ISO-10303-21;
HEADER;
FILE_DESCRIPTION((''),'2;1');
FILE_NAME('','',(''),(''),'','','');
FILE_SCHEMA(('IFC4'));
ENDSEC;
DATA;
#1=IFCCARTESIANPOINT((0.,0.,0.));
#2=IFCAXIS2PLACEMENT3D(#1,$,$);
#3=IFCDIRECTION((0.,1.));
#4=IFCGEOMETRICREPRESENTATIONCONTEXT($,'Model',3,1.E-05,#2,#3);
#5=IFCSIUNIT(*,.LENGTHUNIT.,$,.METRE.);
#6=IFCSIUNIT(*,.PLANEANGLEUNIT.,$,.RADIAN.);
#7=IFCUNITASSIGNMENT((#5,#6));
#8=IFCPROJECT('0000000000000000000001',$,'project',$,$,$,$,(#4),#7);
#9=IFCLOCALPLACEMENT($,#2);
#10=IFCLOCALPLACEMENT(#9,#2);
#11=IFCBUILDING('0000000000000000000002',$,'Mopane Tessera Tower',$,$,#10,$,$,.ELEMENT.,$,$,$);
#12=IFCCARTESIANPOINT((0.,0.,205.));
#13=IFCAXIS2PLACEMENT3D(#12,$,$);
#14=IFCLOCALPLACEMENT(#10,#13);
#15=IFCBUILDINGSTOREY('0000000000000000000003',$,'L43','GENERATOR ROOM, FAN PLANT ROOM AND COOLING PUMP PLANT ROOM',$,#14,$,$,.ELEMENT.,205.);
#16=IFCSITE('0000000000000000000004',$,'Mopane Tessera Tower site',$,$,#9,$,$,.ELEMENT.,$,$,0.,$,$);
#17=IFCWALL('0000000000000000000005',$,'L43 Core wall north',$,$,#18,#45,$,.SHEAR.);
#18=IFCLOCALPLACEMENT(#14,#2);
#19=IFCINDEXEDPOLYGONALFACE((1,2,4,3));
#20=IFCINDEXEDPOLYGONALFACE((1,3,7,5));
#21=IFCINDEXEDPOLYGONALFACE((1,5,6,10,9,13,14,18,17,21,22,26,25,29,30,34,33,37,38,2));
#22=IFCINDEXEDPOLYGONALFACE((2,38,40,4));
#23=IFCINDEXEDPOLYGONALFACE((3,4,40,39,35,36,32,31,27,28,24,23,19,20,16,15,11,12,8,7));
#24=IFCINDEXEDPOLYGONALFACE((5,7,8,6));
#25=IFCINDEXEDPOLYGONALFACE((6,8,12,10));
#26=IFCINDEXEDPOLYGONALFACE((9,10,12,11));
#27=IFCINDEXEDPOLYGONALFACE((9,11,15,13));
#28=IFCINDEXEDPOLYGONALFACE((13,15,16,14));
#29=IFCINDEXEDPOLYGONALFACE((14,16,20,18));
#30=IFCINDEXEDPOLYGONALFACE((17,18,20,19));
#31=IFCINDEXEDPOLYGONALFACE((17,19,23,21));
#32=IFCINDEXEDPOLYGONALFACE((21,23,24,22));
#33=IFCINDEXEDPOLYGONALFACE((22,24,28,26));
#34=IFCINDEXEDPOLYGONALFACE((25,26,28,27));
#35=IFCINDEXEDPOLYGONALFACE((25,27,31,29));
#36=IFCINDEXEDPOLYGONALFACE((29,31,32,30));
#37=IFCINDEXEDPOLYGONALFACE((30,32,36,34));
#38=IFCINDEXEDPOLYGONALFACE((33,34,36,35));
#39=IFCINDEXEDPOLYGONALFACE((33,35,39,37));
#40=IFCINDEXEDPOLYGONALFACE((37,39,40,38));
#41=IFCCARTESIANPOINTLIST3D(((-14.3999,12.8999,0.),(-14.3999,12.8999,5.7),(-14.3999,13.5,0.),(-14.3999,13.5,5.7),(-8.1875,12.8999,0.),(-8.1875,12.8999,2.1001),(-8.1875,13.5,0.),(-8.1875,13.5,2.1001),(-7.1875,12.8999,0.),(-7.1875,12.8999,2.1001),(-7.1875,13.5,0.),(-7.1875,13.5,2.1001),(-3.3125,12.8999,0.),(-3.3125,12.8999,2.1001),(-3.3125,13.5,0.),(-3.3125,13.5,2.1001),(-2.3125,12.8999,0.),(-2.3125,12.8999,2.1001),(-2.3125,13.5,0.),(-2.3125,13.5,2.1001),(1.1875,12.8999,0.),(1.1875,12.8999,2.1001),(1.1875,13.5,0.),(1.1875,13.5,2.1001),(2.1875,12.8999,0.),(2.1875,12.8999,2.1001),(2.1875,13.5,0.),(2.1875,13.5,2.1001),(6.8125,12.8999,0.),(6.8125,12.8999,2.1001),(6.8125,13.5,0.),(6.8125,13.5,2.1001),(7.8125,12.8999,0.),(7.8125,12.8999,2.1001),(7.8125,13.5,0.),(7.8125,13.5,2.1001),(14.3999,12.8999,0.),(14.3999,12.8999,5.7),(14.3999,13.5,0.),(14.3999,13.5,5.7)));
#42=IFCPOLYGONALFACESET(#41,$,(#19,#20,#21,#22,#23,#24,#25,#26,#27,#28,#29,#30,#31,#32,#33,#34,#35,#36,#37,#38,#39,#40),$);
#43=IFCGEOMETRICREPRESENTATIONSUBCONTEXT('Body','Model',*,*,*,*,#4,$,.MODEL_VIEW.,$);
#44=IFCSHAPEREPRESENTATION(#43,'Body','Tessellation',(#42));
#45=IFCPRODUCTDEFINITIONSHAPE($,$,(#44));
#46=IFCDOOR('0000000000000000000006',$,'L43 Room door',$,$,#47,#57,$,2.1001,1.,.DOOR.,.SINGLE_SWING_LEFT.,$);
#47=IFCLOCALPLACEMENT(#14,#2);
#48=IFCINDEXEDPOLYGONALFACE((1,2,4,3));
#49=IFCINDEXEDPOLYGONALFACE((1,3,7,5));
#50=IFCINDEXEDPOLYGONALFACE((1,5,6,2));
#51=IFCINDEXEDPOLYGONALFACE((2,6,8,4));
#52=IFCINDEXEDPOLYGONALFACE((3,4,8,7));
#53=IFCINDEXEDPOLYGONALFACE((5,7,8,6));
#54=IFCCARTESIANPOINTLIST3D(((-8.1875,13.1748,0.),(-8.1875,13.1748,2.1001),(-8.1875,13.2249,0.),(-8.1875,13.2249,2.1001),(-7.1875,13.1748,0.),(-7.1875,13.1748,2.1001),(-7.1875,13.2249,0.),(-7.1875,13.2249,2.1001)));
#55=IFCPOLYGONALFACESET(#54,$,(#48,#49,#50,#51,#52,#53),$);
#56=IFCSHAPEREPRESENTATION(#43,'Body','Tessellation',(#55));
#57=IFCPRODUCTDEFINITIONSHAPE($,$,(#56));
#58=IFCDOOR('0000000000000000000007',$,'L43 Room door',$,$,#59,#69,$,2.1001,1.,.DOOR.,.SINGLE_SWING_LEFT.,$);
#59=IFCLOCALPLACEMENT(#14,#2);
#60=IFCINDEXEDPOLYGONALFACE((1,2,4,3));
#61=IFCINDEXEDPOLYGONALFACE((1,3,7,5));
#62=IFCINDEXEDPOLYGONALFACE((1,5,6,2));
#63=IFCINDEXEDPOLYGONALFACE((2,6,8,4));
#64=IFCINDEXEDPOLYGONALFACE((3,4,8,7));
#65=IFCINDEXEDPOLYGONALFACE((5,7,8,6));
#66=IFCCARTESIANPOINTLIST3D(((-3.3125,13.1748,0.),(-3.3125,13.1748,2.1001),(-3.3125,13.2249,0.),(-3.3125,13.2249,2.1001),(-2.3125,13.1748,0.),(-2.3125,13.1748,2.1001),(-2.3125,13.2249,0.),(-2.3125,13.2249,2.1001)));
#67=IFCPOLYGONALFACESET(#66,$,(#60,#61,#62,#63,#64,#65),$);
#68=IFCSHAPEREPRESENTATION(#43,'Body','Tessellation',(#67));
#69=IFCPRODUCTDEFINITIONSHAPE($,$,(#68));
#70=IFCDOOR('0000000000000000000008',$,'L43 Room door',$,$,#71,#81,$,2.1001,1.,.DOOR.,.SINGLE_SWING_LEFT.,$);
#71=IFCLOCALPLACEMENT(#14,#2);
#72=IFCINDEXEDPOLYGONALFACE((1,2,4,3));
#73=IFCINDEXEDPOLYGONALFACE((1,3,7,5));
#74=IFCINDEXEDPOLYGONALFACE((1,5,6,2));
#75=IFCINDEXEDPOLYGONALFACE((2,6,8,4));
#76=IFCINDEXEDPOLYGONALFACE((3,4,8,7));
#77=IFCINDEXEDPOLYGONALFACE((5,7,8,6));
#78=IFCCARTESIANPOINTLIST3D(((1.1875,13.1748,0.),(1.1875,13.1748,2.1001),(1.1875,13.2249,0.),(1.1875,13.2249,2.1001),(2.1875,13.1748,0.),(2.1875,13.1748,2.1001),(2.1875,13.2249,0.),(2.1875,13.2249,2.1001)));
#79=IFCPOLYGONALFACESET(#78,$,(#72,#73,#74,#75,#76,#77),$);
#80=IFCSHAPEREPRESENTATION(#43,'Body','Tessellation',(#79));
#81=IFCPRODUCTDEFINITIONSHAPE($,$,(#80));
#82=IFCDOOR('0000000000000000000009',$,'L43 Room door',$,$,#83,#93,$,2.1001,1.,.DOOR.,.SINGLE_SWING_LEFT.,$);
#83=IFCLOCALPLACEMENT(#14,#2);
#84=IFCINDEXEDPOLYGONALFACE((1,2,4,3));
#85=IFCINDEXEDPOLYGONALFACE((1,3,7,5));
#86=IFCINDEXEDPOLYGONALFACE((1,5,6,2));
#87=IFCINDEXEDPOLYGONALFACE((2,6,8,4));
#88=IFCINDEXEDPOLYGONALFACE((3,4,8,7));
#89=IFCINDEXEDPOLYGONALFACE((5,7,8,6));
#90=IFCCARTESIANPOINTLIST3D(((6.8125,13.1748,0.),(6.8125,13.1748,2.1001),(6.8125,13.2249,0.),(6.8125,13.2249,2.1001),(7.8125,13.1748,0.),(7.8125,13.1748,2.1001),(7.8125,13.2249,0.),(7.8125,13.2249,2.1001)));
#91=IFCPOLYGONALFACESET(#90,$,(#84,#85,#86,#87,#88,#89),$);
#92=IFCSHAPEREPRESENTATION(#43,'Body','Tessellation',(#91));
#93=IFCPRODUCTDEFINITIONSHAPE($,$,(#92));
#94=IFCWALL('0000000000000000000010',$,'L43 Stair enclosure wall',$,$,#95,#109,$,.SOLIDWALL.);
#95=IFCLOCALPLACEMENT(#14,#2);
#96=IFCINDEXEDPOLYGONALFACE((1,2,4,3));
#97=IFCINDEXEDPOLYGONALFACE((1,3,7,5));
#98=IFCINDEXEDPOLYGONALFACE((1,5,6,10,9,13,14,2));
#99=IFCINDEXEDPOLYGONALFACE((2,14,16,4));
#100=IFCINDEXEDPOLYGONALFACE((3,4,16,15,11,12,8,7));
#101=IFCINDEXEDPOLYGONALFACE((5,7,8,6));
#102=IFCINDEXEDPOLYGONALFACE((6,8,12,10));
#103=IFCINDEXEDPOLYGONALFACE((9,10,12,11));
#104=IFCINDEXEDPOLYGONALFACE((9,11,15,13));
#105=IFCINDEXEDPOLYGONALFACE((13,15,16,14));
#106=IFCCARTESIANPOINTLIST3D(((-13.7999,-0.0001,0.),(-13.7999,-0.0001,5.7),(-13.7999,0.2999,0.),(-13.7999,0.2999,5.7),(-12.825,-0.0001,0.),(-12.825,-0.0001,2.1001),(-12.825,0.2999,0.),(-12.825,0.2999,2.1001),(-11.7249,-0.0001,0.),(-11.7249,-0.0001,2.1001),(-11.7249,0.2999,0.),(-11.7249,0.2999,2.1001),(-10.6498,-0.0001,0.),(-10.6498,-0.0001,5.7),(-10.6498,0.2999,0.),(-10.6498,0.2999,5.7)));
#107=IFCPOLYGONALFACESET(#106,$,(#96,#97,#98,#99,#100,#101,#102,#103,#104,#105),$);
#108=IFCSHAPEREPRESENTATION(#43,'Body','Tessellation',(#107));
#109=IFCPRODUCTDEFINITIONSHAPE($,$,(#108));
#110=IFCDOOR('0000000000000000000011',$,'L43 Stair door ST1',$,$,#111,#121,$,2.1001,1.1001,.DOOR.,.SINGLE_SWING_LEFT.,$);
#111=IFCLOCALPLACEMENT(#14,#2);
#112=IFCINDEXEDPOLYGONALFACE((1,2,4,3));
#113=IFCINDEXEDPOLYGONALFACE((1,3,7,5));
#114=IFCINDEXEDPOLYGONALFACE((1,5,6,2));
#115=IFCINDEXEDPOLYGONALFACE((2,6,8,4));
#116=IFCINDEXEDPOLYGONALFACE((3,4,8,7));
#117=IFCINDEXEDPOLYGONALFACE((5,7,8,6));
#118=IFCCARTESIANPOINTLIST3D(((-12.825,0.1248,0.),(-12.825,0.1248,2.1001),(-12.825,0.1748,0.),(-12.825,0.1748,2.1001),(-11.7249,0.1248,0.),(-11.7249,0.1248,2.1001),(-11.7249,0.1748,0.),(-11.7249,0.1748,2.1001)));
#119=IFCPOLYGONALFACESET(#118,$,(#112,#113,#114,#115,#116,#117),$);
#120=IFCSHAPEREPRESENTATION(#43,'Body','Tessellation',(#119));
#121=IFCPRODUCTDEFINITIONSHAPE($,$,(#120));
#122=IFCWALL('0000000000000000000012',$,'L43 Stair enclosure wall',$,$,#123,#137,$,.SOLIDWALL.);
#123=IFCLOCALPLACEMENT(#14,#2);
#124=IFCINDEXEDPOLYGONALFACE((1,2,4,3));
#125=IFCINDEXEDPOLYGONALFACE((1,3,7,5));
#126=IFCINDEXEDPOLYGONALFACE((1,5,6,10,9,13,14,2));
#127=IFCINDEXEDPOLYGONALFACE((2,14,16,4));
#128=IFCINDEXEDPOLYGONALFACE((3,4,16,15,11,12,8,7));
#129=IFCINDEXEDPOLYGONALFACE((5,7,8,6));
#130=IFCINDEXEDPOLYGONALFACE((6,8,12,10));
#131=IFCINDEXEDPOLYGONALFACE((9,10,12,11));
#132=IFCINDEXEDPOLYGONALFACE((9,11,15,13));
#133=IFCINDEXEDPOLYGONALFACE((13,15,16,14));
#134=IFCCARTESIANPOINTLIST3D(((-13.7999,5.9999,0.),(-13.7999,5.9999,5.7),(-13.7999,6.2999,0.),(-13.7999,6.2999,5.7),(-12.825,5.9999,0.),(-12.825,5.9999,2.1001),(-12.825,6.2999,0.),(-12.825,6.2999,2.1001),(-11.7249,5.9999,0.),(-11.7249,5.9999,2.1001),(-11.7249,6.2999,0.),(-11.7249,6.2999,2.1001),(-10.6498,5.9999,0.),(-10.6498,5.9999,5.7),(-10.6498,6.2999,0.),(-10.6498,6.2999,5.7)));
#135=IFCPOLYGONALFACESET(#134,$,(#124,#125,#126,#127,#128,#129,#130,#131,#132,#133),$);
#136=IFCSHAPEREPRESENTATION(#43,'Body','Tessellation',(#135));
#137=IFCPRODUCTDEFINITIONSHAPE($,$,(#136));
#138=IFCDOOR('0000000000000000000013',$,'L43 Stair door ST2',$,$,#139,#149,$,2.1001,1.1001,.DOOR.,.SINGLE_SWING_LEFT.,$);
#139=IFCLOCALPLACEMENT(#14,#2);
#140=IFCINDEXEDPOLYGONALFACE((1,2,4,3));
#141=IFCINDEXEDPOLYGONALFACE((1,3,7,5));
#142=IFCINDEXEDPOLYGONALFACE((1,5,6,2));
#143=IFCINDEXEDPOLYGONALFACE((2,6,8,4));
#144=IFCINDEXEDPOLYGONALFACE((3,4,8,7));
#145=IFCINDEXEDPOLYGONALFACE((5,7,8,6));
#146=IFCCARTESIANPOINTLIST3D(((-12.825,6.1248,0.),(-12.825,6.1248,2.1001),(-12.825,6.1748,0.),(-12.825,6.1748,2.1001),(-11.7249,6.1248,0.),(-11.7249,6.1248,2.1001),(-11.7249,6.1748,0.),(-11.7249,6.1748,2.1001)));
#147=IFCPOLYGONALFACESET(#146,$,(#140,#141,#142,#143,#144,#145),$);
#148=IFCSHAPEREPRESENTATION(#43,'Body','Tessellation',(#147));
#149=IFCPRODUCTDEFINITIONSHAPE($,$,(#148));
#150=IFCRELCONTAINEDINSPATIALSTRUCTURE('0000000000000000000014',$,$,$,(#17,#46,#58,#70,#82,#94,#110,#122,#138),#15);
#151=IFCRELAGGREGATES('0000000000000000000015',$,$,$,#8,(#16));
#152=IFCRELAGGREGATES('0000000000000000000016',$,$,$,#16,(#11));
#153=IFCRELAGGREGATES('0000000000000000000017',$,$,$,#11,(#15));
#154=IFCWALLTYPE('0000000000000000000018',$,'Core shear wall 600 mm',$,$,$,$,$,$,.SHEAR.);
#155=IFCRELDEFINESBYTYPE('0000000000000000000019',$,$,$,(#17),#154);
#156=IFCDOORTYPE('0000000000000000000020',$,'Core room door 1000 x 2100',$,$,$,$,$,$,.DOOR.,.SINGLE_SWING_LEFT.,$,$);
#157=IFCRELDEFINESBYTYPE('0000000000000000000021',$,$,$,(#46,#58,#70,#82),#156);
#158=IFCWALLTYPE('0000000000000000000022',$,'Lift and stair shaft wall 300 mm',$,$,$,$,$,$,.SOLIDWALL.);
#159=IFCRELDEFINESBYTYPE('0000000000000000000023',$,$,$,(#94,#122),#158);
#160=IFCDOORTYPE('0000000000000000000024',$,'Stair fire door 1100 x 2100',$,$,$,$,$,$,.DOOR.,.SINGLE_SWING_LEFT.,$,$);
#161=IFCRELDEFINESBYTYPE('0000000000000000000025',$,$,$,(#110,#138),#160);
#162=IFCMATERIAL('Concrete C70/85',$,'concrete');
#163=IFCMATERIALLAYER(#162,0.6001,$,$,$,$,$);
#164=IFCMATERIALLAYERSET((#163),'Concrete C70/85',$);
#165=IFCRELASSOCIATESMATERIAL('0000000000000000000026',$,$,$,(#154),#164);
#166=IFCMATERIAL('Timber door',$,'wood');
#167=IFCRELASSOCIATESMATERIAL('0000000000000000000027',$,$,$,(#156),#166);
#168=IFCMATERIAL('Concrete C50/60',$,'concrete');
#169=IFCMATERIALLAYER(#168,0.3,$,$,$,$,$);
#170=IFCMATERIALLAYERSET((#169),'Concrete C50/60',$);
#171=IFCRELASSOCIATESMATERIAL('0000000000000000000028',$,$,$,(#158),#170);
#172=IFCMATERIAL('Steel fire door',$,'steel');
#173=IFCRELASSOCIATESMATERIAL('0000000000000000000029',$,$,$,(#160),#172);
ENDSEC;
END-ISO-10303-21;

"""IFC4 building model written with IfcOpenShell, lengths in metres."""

from ifc_helpers import new_model, si_unit, direction, frame, frame_2d, origin, place, context, subcontext, project, spatial, rectangle, extrude, material, layer, layer_set, type_object, element, fill, save


model = new_model("IFC4")

# Units and contexts
model_context = context("Model", 3, precision=1e-05, world=origin(), true_north=direction((0.0, 1.0)))
body_context = subcontext(model_context, "Body", "Model", "MODEL_VIEW")
ifc_project = project(units=[si_unit("LENGTHUNIT", "METRE"), si_unit("PLANEANGLEUNIT", "RADIAN")], contexts=[model_context])

# Site, building, storey
site_placement = place(None, origin())
site = spatial("IfcSite", under=ifc_project, at=site_placement, Name="Mopane Tessera Tower site", CompositionType="ELEMENT", RefElevation=0.0)
building_placement = place(site_placement, origin())
building = spatial("IfcBuilding", under=site, at=building_placement, Name="Mopane Tessera Tower", CompositionType="ELEMENT")
storey_placement = place(building_placement, frame((0.0, 0.0, 205.0)))
storey = spatial("IfcBuildingStorey", under=building, at=storey_placement, Name="L43", Description="GENERATOR ROOM, FAN PLANT ROOM AND COOLING PUMP PLANT ROOM", CompositionType="ELEMENT", Elevation=205.0)

# Wall, openings, doors
ifc_material_1 = material(Name="Concrete C70/85", Category="concrete")
ifc_layer_1 = layer(ifc_material_1, 0.6001)
ifc_layer_set_1 = layer_set([ifc_layer_1], Name="Concrete C70/85")
wall_type_1 = type_object("IfcWallType", Name="Core shear wall 600 mm", PredefinedType="SHEAR", material=ifc_layer_set_1)
wall_1_placement = place(storey_placement, frame((-14.3999, 13.2, 0.0), z_axis=(0.0, 0.0, 1.0), x_axis=(1.0, 0.0, 0.0)))
wall_1 = element("IfcWall", 1, at=wall_1_placement, inside=storey, type_object=wall_type_1, Name="L43 Core wall north", PredefinedType="SHEAR", context=body_context, shape_type="SweptSolid", body=[
    extrude(rectangle(XDim=28.7998, YDim=0.6001, at=frame_2d((14.3999, 0.0))), origin(), (0.0, 0.0, 1.0), 5.7),
])
opening_1_placement = place(wall_1_placement, frame((6.2124, 0.0, 0.0)))
opening_1 = element("IfcOpeningElement", 2, at=opening_1_placement, cuts=wall_1, PredefinedType="OPENING", context=body_context, shape_type="SweptSolid", body=[
    extrude(rectangle(XDim=1.0, YDim=2.1001, at=frame_2d((0.5, 1.05))), frame((0.0, 0.312, 0.0), z_axis=(0.0, -1.0, 0.0), x_axis=(1.0, 0.0, 0.0)), (0.0, 0.0, 1.0), 0.624),
])
opening_2_placement = place(wall_1_placement, frame((11.0874, 0.0, 0.0)))
opening_2 = element("IfcOpeningElement", 3, at=opening_2_placement, cuts=wall_1, PredefinedType="OPENING", context=body_context, shape_type="SweptSolid", body=[
    extrude(rectangle(XDim=1.0, YDim=2.1001, at=frame_2d((0.5, 1.05))), frame((0.0, 0.312, 0.0), z_axis=(0.0, -1.0, 0.0), x_axis=(1.0, 0.0, 0.0)), (0.0, 0.0, 1.0), 0.624),
])
opening_3_placement = place(wall_1_placement, frame((15.5874, 0.0, 0.0)))
opening_3 = element("IfcOpeningElement", 4, at=opening_3_placement, cuts=wall_1, PredefinedType="OPENING", context=body_context, shape_type="SweptSolid", body=[
    extrude(rectangle(XDim=1.0, YDim=2.1001, at=frame_2d((0.5, 1.05))), frame((0.0, 0.312, 0.0), z_axis=(0.0, -1.0, 0.0), x_axis=(1.0, 0.0, 0.0)), (0.0, 0.0, 1.0), 0.624),
])
opening_4_placement = place(wall_1_placement, frame((21.2124, 0.0, 0.0)))
opening_4 = element("IfcOpeningElement", 5, at=opening_4_placement, cuts=wall_1, PredefinedType="OPENING", context=body_context, shape_type="SweptSolid", body=[
    extrude(rectangle(XDim=1.0, YDim=2.1001, at=frame_2d((0.5, 1.05))), frame((0.0, 0.312, 0.0), z_axis=(0.0, -1.0, 0.0), x_axis=(1.0, 0.0, 0.0)), (0.0, 0.0, 1.0), 0.624),
])
ifc_material_2 = material(Name="Timber door", Category="wood")
door_type_1 = type_object("IfcDoorType", Name="Core room door 1000 x 2100", OperationType="SINGLE_SWING_LEFT", PredefinedType="DOOR", material=ifc_material_2)
door_1_placement = place(opening_1_placement, origin())
door_1 = element("IfcDoor", 6, at=door_1_placement, inside=storey, type_object=door_type_1, Name="L43 Room door", OperationType="SINGLE_SWING_LEFT", OverallHeight=2.1001, OverallWidth=1.0, PredefinedType="DOOR", context=body_context, shape_type="SweptSolid", body=[
    extrude(rectangle(XDim=1.0, YDim=2.1001, at=frame_2d((0.5, 1.05))), frame((0.0, 0.0249, 0.0), z_axis=(0.0, -1.0, 0.0), x_axis=(1.0, 0.0, 0.0)), (0.0, 0.0, 1.0), 0.05),
])
fill(opening_1, door_1)
door_2_placement = place(opening_2_placement, origin())
door_2 = element("IfcDoor", 7, at=door_2_placement, inside=storey, type_object=door_type_1, Name="L43 Room door", OperationType="SINGLE_SWING_LEFT", OverallHeight=2.1001, OverallWidth=1.0, PredefinedType="DOOR", context=body_context, shape_type="SweptSolid", body=[
    extrude(rectangle(XDim=1.0, YDim=2.1001, at=frame_2d((0.5, 1.05))), frame((0.0, 0.0249, 0.0), z_axis=(0.0, -1.0, 0.0), x_axis=(1.0, 0.0, 0.0)), (0.0, 0.0, 1.0), 0.05),
])
fill(opening_2, door_2)
door_3_placement = place(opening_3_placement, origin())
door_3 = element("IfcDoor", 8, at=door_3_placement, inside=storey, type_object=door_type_1, Name="L43 Room door", OperationType="SINGLE_SWING_LEFT", OverallHeight=2.1001, OverallWidth=1.0, PredefinedType="DOOR", context=body_context, shape_type="SweptSolid", body=[
    extrude(rectangle(XDim=1.0, YDim=2.1001, at=frame_2d((0.5, 1.05))), frame((0.0, 0.0249, 0.0), z_axis=(0.0, -1.0, 0.0), x_axis=(1.0, 0.0, 0.0)), (0.0, 0.0, 1.0), 0.05),
])
fill(opening_3, door_3)
door_4_placement = place(opening_4_placement, origin())
door_4 = element("IfcDoor", 9, at=door_4_placement, inside=storey, type_object=door_type_1, Name="L43 Room door", OperationType="SINGLE_SWING_LEFT", OverallHeight=2.1001, OverallWidth=1.0, PredefinedType="DOOR", context=body_context, shape_type="SweptSolid", body=[
    extrude(rectangle(XDim=1.0, YDim=2.1001, at=frame_2d((0.5, 1.05))), frame((0.0, 0.0249, 0.0), z_axis=(0.0, -1.0, 0.0), x_axis=(1.0, 0.0, 0.0)), (0.0, 0.0, 1.0), 0.05),
])
fill(opening_4, door_4)

# Walls, openings, doors
ifc_material_3 = material(Name="Concrete C50/60", Category="concrete")
ifc_layer_2 = layer(ifc_material_3, 0.3)
ifc_layer_set_2 = layer_set([ifc_layer_2], Name="Concrete C50/60")
wall_type_2 = type_object("IfcWallType", Name="Lift and stair shaft wall 300 mm", PredefinedType="SOLIDWALL", material=ifc_layer_set_2)
wall_2_placement = place(storey_placement, frame((-13.8, 0.1499, 0.0), z_axis=(0.0, 0.0, 1.0), x_axis=(1.0, 0.0, 0.0)))
wall_2 = element("IfcWall", 10, at=wall_2_placement, inside=storey, type_object=wall_type_2, Name="L43 Stair enclosure wall", PredefinedType="SOLIDWALL", context=body_context, shape_type="SweptSolid", body=[
    extrude(rectangle(XDim=3.1501, YDim=0.3, at=frame_2d((1.5752, 0.0))), origin(), (0.0, 0.0, 1.0), 5.7),
])
opening_5_placement = place(wall_2_placement, frame((0.9751, 0.0, 0.0)))
opening_5 = element("IfcOpeningElement", 11, at=opening_5_placement, cuts=wall_2, PredefinedType="OPENING", context=body_context, shape_type="SweptSolid", body=[
    extrude(rectangle(XDim=1.1001, YDim=2.1001, at=frame_2d((0.55, 1.05))), frame((0.0, 0.1621, 0.0), z_axis=(0.0, -1.0, 0.0), x_axis=(1.0, 0.0, 0.0)), (0.0, 0.0, 1.0), 0.324),
])
ifc_material_4 = material(Name="Steel fire door", Category="steel")
door_type_2 = type_object("IfcDoorType", Name="Stair fire door 1100 x 2100", OperationType="SINGLE_SWING_LEFT", PredefinedType="DOOR", material=ifc_material_4)
door_5_placement = place(opening_5_placement, origin())
door_5 = element("IfcDoor", 12, at=door_5_placement, inside=storey, type_object=door_type_2, Name="L43 Stair door ST1", OperationType="SINGLE_SWING_LEFT", OverallHeight=2.1001, OverallWidth=1.1001, PredefinedType="DOOR", context=body_context, shape_type="SweptSolid", body=[
    extrude(rectangle(XDim=1.1001, YDim=2.1001, at=frame_2d((0.55, 1.05))), frame((0.0, 0.0249, 0.0), z_axis=(0.0, -1.0, 0.0), x_axis=(1.0, 0.0, 0.0)), (0.0, 0.0, 1.0), 0.05),
])
fill(opening_5, door_5)
wall_3_placement = place(storey_placement, frame((-13.8, 6.1499, 0.0), z_axis=(0.0, 0.0, 1.0), x_axis=(1.0, 0.0, 0.0)))
wall_3 = element("IfcWall", 13, at=wall_3_placement, inside=storey, type_object=wall_type_2, Name="L43 Stair enclosure wall", PredefinedType="SOLIDWALL", context=body_context, shape_type="SweptSolid", body=[
    extrude(rectangle(XDim=3.1501, YDim=0.3, at=frame_2d((1.5752, 0.0))), origin(), (0.0, 0.0, 1.0), 5.7),
])
opening_6_placement = place(wall_3_placement, frame((0.9751, 0.0, 0.0)))
opening_6 = element("IfcOpeningElement", 14, at=opening_6_placement, cuts=wall_3, PredefinedType="OPENING", context=body_context, shape_type="SweptSolid", body=[
    extrude(rectangle(XDim=1.1001, YDim=2.1001, at=frame_2d((0.55, 1.05))), frame((0.0, 0.1621, 0.0), z_axis=(0.0, -1.0, 0.0), x_axis=(1.0, 0.0, 0.0)), (0.0, 0.0, 1.0), 0.324),
])
door_6_placement = place(opening_6_placement, origin())
door_6 = element("IfcDoor", 15, at=door_6_placement, inside=storey, type_object=door_type_2, Name="L43 Stair door ST2", OperationType="SINGLE_SWING_LEFT", OverallHeight=2.1001, OverallWidth=1.1001, PredefinedType="DOOR", context=body_context, shape_type="SweptSolid", body=[
    extrude(rectangle(XDim=1.1001, YDim=2.1001, at=frame_2d((0.55, 1.05))), frame((0.0, 0.0249, 0.0), z_axis=(0.0, -1.0, 0.0), x_axis=(1.0, 0.0, 0.0)), (0.0, 0.0, 1.0), 0.05),
])
fill(opening_6, door_6)

save(model, "model.ifc")
